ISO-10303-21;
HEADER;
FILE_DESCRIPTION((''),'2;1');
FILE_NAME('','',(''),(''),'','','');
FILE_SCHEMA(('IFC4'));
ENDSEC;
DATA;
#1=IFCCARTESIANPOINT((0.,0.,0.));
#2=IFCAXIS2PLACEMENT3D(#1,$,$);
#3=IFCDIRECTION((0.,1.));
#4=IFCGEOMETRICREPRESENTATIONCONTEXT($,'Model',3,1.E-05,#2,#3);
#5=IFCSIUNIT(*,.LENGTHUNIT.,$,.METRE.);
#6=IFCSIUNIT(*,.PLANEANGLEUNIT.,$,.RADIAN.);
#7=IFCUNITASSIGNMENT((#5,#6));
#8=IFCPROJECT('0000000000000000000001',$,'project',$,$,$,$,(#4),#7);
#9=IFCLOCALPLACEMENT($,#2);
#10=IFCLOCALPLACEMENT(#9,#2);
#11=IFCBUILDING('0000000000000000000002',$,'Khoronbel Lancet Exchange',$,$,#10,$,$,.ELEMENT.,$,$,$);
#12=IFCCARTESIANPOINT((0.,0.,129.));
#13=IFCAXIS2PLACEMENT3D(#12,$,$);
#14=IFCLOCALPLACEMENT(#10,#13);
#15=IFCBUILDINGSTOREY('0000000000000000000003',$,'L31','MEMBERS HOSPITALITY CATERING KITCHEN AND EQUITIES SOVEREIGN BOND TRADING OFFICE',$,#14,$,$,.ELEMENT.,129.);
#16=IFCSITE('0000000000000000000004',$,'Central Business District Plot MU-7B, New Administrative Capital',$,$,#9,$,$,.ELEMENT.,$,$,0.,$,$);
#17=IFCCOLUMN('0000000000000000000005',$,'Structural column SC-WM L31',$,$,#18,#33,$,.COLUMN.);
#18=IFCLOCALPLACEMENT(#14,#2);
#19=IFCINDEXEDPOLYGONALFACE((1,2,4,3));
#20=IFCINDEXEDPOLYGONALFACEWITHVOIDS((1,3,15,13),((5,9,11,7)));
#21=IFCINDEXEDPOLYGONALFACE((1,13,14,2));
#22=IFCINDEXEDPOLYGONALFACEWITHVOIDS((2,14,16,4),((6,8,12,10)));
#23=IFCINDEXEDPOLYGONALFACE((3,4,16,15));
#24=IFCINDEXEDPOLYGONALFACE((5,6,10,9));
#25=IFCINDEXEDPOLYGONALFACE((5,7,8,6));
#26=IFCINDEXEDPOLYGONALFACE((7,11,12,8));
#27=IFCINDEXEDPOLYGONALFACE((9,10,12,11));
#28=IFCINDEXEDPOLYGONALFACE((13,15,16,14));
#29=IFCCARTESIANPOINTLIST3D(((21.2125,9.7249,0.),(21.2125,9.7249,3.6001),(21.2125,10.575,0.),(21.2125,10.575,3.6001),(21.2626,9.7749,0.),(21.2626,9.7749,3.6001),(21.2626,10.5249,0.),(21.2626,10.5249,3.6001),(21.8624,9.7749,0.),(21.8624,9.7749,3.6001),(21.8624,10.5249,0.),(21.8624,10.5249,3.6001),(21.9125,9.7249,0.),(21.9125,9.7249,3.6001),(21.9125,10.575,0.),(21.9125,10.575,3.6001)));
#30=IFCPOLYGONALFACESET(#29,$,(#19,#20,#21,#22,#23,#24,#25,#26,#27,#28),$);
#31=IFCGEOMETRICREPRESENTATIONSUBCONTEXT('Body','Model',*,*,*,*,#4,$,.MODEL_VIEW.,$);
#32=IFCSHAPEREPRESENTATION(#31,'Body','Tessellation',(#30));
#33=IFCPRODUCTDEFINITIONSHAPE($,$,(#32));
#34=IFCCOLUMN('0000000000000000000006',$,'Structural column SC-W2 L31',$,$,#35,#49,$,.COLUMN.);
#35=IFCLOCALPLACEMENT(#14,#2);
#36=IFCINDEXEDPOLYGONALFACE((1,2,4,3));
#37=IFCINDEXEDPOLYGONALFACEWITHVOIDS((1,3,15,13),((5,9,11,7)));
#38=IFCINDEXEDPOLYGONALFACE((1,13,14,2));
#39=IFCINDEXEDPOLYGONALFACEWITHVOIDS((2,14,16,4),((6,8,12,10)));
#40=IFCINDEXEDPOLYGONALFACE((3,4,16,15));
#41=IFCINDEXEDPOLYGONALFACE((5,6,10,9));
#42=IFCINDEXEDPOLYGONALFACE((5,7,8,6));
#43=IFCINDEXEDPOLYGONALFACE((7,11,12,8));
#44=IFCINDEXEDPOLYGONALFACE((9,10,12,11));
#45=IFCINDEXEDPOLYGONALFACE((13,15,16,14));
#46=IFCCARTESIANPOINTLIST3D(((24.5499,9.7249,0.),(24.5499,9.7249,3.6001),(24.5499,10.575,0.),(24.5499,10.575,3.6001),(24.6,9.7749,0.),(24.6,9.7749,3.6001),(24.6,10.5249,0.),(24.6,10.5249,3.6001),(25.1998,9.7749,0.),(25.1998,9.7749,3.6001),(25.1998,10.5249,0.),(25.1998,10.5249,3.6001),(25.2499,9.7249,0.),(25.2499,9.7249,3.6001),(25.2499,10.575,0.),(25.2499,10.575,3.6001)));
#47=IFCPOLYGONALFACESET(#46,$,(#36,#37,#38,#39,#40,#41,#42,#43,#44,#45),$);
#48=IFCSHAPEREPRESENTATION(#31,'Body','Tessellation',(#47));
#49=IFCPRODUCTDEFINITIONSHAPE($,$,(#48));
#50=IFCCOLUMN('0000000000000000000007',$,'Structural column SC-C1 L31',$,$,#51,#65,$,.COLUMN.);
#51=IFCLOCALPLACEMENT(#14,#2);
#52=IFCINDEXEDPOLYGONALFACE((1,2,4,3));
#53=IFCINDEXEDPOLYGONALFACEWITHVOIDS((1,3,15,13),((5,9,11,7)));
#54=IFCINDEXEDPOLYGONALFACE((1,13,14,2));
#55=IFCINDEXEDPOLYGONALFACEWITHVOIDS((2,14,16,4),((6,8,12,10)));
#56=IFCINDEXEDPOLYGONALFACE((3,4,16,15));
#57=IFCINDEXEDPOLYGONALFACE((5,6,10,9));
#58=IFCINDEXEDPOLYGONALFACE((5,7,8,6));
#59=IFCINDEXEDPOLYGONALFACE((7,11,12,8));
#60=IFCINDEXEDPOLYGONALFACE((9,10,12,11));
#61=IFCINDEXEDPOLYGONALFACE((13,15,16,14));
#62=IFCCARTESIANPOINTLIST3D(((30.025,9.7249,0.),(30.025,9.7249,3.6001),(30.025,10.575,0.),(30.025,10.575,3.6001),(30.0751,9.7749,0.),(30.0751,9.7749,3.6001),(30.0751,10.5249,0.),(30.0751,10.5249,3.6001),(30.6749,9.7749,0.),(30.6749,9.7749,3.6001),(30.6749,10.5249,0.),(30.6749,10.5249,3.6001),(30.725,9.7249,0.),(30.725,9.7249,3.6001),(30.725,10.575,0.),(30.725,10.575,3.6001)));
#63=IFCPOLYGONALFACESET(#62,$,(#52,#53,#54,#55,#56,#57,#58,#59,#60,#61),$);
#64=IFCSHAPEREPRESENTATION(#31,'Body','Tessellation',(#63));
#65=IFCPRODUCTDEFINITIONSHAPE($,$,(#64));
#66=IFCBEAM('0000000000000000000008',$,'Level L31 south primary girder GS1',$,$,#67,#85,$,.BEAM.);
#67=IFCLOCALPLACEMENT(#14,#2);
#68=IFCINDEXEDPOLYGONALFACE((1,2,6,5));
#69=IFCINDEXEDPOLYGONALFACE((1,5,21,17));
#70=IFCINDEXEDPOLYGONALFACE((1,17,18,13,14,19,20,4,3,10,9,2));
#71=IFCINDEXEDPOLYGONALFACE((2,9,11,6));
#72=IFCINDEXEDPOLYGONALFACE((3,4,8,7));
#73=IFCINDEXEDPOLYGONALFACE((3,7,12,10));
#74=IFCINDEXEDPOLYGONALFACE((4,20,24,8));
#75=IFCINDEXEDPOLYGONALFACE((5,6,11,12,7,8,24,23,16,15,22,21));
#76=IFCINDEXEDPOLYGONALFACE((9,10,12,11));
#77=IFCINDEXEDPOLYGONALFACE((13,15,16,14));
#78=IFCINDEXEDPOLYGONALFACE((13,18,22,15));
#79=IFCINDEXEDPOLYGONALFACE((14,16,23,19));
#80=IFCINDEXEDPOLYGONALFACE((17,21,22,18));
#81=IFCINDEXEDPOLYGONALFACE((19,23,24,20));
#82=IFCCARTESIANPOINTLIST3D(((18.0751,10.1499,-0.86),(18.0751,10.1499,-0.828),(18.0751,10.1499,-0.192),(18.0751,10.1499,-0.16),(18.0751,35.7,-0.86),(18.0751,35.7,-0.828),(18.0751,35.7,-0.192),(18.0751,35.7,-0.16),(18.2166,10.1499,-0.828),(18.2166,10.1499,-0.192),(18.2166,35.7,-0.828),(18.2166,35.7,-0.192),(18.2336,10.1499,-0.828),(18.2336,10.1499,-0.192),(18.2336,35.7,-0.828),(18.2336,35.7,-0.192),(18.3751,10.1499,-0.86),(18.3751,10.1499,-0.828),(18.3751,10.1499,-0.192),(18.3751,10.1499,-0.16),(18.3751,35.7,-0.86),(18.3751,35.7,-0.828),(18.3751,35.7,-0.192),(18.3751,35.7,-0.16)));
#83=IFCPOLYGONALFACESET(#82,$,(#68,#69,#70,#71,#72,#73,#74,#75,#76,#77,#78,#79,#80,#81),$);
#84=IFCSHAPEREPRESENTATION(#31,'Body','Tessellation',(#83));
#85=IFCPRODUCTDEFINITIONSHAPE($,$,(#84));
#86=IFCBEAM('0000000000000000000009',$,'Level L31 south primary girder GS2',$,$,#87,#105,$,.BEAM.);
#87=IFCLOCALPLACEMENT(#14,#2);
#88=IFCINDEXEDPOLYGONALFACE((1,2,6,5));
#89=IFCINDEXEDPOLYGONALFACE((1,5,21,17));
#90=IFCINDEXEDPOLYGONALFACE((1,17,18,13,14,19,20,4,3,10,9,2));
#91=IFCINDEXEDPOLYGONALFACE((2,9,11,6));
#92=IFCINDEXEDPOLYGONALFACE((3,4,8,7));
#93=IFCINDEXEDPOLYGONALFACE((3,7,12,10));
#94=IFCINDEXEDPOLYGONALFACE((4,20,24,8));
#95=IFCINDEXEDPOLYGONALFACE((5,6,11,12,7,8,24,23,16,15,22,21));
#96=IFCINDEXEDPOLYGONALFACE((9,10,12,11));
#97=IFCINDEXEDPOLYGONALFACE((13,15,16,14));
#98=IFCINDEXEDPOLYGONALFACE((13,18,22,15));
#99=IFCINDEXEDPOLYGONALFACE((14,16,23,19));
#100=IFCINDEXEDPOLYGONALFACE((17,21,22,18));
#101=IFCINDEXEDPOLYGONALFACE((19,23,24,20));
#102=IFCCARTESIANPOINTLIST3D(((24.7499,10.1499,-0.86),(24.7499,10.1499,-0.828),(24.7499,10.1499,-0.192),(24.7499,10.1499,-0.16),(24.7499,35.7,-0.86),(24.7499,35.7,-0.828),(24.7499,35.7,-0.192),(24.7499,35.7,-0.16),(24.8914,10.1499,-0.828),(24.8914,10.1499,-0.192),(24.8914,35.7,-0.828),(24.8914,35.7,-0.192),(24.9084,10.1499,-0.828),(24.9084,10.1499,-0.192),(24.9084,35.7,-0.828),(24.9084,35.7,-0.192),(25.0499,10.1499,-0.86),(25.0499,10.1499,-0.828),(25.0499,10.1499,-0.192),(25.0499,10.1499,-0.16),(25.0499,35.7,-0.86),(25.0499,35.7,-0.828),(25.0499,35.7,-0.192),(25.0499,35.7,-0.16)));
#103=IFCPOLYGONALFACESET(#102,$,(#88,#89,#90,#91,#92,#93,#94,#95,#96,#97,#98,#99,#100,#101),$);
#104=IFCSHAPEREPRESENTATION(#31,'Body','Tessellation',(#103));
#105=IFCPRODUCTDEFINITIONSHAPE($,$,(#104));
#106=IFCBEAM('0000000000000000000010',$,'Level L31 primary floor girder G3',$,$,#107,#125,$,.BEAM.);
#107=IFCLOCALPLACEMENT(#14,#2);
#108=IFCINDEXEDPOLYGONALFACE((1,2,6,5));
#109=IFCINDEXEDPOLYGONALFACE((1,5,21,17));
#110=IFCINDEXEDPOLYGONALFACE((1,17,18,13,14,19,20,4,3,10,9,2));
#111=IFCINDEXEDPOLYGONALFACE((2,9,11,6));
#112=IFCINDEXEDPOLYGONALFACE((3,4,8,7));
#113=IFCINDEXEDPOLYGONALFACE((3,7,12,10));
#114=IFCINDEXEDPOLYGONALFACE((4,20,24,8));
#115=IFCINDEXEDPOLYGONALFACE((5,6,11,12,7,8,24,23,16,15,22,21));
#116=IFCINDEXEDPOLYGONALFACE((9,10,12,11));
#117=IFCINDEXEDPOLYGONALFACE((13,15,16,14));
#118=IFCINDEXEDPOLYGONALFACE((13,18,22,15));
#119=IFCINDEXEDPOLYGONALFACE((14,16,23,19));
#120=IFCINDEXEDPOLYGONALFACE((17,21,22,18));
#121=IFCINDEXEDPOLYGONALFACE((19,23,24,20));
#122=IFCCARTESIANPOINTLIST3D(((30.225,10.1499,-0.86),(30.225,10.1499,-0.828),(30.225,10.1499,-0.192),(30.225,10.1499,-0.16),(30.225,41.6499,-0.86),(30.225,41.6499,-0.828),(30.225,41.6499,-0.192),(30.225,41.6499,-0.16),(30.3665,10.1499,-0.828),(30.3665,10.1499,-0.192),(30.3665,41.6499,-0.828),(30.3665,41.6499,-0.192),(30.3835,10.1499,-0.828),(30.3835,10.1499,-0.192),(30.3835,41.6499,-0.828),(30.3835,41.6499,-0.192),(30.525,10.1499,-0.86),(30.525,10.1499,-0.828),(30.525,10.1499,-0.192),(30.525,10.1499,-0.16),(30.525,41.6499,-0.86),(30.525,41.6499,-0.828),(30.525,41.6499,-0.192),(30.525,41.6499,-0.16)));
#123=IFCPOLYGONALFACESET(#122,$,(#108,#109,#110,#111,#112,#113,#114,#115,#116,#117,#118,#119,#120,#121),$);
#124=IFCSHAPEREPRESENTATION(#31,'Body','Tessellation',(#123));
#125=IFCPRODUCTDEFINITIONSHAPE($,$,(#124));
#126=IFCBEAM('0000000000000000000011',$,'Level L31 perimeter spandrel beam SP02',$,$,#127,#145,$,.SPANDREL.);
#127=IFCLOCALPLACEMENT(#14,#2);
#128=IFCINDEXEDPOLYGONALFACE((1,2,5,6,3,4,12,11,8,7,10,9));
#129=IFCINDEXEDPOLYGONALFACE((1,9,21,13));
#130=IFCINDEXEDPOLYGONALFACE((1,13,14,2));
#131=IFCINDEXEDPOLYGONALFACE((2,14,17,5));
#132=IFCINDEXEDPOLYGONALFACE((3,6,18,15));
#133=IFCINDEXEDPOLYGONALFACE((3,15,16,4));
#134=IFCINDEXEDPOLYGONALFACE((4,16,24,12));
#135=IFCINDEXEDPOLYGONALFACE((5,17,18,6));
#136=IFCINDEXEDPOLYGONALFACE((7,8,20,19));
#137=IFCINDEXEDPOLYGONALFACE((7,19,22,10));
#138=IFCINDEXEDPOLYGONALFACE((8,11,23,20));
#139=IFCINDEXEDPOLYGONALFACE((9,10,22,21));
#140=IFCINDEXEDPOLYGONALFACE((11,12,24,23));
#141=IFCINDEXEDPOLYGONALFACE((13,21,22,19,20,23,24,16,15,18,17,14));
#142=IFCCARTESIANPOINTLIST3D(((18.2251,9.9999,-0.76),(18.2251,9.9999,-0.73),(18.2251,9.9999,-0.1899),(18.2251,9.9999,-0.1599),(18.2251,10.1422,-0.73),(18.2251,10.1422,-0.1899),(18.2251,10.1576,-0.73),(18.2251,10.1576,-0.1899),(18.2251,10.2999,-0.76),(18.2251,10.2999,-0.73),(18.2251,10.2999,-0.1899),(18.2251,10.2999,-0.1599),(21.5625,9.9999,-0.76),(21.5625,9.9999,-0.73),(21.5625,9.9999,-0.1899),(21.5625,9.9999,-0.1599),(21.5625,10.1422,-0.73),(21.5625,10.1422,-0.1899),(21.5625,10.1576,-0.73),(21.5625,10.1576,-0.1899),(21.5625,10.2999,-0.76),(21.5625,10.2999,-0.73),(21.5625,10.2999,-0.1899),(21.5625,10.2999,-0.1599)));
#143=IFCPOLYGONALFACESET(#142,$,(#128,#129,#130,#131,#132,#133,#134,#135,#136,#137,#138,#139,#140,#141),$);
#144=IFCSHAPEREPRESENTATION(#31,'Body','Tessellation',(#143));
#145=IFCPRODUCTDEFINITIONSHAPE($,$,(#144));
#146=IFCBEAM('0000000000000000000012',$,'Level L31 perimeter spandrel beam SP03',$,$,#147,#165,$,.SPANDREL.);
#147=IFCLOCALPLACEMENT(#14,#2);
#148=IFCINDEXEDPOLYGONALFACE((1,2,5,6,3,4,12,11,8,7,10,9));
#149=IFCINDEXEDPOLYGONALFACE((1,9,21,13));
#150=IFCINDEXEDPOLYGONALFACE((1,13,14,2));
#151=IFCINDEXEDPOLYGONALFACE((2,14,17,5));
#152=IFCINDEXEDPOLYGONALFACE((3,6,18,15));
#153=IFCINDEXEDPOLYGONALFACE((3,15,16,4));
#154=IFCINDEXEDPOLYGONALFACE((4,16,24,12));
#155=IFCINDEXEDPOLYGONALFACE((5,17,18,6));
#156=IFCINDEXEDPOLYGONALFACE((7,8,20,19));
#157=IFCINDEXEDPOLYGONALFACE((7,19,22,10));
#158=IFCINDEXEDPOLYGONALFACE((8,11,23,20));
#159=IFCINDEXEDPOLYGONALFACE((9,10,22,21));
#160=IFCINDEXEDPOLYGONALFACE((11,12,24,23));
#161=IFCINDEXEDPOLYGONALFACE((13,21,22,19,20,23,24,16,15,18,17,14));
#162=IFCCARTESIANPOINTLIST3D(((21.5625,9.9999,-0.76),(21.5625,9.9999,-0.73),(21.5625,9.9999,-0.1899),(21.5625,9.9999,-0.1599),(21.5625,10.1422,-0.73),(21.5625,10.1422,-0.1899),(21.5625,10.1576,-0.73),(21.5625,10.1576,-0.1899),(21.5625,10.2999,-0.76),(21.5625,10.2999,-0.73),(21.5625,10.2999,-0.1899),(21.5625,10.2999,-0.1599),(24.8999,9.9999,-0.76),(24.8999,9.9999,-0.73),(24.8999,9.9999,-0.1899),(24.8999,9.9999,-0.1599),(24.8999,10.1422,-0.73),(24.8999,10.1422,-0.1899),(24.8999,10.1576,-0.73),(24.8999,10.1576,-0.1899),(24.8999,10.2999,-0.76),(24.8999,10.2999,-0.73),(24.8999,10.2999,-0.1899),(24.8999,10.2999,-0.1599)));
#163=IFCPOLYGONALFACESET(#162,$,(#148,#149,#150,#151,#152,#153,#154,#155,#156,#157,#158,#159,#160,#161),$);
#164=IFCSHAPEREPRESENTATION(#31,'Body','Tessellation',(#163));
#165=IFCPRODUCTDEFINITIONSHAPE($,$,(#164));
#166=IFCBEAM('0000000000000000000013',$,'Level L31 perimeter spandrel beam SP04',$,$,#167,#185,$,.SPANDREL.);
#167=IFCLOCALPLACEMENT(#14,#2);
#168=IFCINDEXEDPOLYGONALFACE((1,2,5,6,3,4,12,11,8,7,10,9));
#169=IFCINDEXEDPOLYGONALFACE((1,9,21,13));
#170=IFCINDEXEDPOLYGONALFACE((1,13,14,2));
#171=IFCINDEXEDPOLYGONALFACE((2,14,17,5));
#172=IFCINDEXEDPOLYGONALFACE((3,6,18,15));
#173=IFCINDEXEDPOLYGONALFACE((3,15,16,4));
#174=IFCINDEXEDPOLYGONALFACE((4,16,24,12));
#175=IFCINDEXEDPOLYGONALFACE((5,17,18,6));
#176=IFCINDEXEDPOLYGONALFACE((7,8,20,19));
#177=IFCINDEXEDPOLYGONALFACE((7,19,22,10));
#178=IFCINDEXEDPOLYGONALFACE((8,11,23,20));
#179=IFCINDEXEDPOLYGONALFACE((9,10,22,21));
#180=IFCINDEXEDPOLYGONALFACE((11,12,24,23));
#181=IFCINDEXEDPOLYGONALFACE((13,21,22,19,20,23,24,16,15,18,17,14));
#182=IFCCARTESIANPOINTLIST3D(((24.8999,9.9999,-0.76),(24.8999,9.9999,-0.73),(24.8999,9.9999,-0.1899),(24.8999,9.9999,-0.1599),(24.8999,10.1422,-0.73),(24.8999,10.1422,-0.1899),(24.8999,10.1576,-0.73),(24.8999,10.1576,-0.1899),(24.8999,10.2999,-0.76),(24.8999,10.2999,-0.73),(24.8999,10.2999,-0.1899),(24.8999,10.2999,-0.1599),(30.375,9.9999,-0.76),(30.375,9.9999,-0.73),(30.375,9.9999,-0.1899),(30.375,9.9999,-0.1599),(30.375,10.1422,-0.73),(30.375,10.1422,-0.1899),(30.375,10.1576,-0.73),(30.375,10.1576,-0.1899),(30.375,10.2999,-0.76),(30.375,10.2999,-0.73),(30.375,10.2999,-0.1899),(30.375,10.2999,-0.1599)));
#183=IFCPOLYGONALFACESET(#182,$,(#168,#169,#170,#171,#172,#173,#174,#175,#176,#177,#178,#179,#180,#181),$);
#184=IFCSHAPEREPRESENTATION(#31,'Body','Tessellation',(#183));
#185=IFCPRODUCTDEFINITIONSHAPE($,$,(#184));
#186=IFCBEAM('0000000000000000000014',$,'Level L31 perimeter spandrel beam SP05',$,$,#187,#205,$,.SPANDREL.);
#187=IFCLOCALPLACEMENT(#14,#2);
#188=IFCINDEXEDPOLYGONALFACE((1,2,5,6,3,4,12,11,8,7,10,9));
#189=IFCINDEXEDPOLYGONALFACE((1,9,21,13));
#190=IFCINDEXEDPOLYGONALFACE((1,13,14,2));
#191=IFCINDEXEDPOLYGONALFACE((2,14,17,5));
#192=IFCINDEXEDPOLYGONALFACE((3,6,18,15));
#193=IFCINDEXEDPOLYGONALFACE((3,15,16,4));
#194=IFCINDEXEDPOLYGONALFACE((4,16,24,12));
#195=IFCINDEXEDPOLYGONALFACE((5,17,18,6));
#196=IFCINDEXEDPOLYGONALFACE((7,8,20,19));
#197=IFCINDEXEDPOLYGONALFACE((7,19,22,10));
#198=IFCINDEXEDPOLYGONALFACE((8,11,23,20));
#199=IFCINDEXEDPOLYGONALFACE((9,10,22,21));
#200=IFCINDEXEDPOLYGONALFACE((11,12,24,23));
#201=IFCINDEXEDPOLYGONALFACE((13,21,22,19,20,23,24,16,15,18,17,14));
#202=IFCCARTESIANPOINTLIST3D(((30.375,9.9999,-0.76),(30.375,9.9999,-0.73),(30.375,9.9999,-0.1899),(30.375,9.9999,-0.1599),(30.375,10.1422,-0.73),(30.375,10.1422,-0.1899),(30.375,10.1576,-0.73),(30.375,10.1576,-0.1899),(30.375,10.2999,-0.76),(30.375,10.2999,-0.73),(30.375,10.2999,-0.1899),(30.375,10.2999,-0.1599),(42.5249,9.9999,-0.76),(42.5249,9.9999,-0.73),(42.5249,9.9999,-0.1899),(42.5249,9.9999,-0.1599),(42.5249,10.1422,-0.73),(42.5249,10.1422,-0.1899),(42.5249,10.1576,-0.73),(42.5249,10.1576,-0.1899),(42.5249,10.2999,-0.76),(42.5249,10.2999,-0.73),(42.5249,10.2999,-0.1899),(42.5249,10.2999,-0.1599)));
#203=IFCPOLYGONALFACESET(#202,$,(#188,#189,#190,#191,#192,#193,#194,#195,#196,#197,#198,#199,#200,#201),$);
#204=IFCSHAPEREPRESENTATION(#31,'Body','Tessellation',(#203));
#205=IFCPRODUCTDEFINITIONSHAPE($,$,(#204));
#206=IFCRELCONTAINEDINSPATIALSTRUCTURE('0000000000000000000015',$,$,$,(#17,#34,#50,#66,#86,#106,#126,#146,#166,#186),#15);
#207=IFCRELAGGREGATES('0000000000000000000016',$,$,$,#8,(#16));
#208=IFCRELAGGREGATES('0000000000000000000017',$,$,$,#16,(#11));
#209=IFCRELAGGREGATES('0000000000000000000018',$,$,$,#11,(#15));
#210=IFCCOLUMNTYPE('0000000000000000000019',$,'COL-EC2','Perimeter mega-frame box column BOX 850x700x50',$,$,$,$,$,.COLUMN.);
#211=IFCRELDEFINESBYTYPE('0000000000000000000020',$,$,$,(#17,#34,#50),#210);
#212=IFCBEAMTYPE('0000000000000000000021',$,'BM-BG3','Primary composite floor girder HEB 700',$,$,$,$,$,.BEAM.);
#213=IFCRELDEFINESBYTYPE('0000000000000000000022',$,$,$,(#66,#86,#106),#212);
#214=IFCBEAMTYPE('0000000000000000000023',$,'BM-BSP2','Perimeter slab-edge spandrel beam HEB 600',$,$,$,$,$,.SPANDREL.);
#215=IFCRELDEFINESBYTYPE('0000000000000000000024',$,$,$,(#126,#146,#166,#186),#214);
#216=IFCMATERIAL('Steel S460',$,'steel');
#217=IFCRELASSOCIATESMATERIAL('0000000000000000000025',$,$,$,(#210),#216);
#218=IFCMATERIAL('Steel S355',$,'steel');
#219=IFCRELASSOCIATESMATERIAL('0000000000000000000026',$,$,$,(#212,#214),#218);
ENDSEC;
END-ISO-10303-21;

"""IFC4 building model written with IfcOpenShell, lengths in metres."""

from ifc_helpers import new_model, si_unit, direction, frame, origin, origin_2d, place, context, subcontext, project, spatial, hollow_rectangle, i_section, extrude, material, material_profile, profile_set, type_object, element, save


model = new_model("IFC4")

# Units and contexts
model_context = context("Model", 3, precision=1e-05, world=origin(), true_north=direction((0.0, 1.0)))
body_context = subcontext(model_context, "Body", "Model", "MODEL_VIEW")
ifc_project = project(units=[si_unit("LENGTHUNIT", "METRE"), si_unit("PLANEANGLEUNIT", "RADIAN")], contexts=[model_context])

# Site, building, storey
site_placement = place(None, origin())
site = spatial("IfcSite", under=ifc_project, at=site_placement, Name="Central Business District Plot MU-7B, New Administrative Capital", CompositionType="ELEMENT", RefElevation=0.0)
building_placement = place(site_placement, origin())
building = spatial("IfcBuilding", under=site, at=building_placement, Name="Khoronbel Lancet Exchange", CompositionType="ELEMENT")
storey_placement = place(building_placement, frame((0.0, 0.0, 129.0)))
storey = spatial("IfcBuildingStorey", under=building, at=storey_placement, Name="L31", Description="MEMBERS HOSPITALITY CATERING KITCHEN AND EQUITIES SOVEREIGN BOND TRADING OFFICE", CompositionType="ELEMENT", Elevation=129.0)

# Columns
ifc_material_1 = material(Name="Steel S460", Category="steel")
ifc_material_profile_1 = material_profile(ifc_material_1, hollow_rectangle(XDim=0.7, YDim=0.8501, WallThickness=0.05, at=origin_2d()), Name="BOX 850x700x50")
ifc_profile_set_1 = profile_set([ifc_material_profile_1], Name="Steel S460")
column_type = type_object("IfcColumnType", Name="COL-EC2", Description="Perimeter mega-frame box column BOX 850x700x50", PredefinedType="COLUMN", material=ifc_profile_set_1)
for number, where, z_axis, x_axis, name in (
    (1, (21.5625, 10.1499, 0.0), (0.0, 0.0, 1.0), (1.0, 0.0, 0.0), "Structural column SC-WM L31"),
    (2, (24.8999, 10.1499, 0.0), (0.0, 0.0, 1.0), (1.0, 0.0, 0.0), "Structural column SC-W2 L31"),
    (3, (30.375, 10.1499, 0.0), (0.0, 0.0, 1.0), (1.0, 0.0, 0.0), "Structural column SC-C1 L31"),
):
    element("IfcColumn", number, at=place(storey_placement, frame(where, z_axis=z_axis, x_axis=x_axis)), inside=storey, type_object=column_type, Name=name, PredefinedType="COLUMN", context=body_context, shape_type="SweptSolid", body=[
        extrude(hollow_rectangle(XDim=0.7, YDim=0.8501, WallThickness=0.05, at=origin_2d()), origin(), (0.0, 0.0, 1.0), 3.6001),
    ])

# Beams
ifc_material_2 = material(Name="Steel S355", Category="steel")
ifc_material_profile_2 = material_profile(ifc_material_2, i_section(OverallWidth=0.3, OverallDepth=0.7, WebThickness=0.0171, FlangeThickness=0.032, at=origin_2d()), Name="HEB 700")
ifc_profile_set_2 = profile_set([ifc_material_profile_2], Name="Steel S355")
beam_type_1 = type_object("IfcBeamType", Name="BM-BG3", Description="Primary composite floor girder HEB 700", PredefinedType="BEAM", material=ifc_profile_set_2)
for number, where, z_axis, x_axis, name in (
    (4, (18.2251, 10.1499, -0.51), (0.0, 1.0, 0.0), (-1.0, 0.0, 0.0), "Level L31 south primary girder GS1"),
    (5, (24.8999, 10.1499, -0.51), (0.0, 1.0, 0.0), (-1.0, 0.0, 0.0), "Level L31 south primary girder GS2"),
):
    element("IfcBeam", number, at=place(storey_placement, frame(where, z_axis=z_axis, x_axis=x_axis)), inside=storey, type_object=beam_type_1, Name=name, PredefinedType="BEAM", context=body_context, shape_type="SweptSolid", body=[
        extrude(i_section(OverallWidth=0.3, OverallDepth=0.7, WebThickness=0.0171, FlangeThickness=0.032, at=origin_2d()), origin(), (0.0, 0.0, 1.0), 25.55),
    ])
beam_1_placement = place(storey_placement, frame((30.375, 10.1499, -0.51), z_axis=(0.0, 1.0, 0.0), x_axis=(-1.0, 0.0, 0.0)))
element("IfcBeam", 6, at=beam_1_placement, inside=storey, type_object=beam_type_1, Name="Level L31 primary floor girder G3", PredefinedType="BEAM", context=body_context, shape_type="SweptSolid", body=[
    extrude(i_section(OverallWidth=0.3, OverallDepth=0.7, WebThickness=0.0171, FlangeThickness=0.032, at=origin_2d()), origin(), (0.0, 0.0, 1.0), 31.5),
])
ifc_material_profile_3 = material_profile(ifc_material_2, i_section(OverallWidth=0.3, OverallDepth=0.6001, WebThickness=0.0154, FlangeThickness=0.03, at=origin_2d()), Name="HEB 600")
ifc_profile_set_3 = profile_set([ifc_material_profile_3], Name="Steel S355")
beam_type_2 = type_object("IfcBeamType", Name="BM-BSP2", Description="Perimeter slab-edge spandrel beam HEB 600", PredefinedType="SPANDREL", material=ifc_profile_set_3)
for number, where, z_axis, x_axis, name in (
    (7, (18.2251, 10.1499, -0.46), (1.0, 0.0, 0.0), (0.0, 1.0, 0.0), "Level L31 perimeter spandrel beam SP02"),
    (8, (21.5625, 10.1499, -0.46), (1.0, 0.0, 0.0), (0.0, 1.0, 0.0), "Level L31 perimeter spandrel beam SP03"),
):
    element("IfcBeam", number, at=place(storey_placement, frame(where, z_axis=z_axis, x_axis=x_axis)), inside=storey, type_object=beam_type_2, Name=name, PredefinedType="SPANDREL", context=body_context, shape_type="SweptSolid", body=[
        extrude(i_section(OverallWidth=0.3, OverallDepth=0.6001, WebThickness=0.0154, FlangeThickness=0.03, at=origin_2d()), origin(), (0.0, 0.0, 1.0), 3.3374),
    ])
beam_2_placement = place(storey_placement, frame((24.8999, 10.1499, -0.46), z_axis=(1.0, 0.0, 0.0), x_axis=(0.0, 1.0, 0.0)))
element("IfcBeam", 9, at=beam_2_placement, inside=storey, type_object=beam_type_2, Name="Level L31 perimeter spandrel beam SP04", PredefinedType="SPANDREL", context=body_context, shape_type="SweptSolid", body=[
    extrude(i_section(OverallWidth=0.3, OverallDepth=0.6001, WebThickness=0.0154, FlangeThickness=0.03, at=origin_2d()), origin(), (0.0, 0.0, 1.0), 5.4751),
])
beam_3_placement = place(storey_placement, frame((30.375, 10.1499, -0.46), z_axis=(1.0, 0.0, 0.0), x_axis=(0.0, 1.0, 0.0)))
element("IfcBeam", 10, at=beam_3_placement, inside=storey, type_object=beam_type_2, Name="Level L31 perimeter spandrel beam SP05", PredefinedType="SPANDREL", context=body_context, shape_type="SweptSolid", body=[
    extrude(i_section(OverallWidth=0.3, OverallDepth=0.6001, WebThickness=0.0154, FlangeThickness=0.03, at=origin_2d()), origin(), (0.0, 0.0, 1.0), 12.1499),
])

save(model, "model.ifc")
